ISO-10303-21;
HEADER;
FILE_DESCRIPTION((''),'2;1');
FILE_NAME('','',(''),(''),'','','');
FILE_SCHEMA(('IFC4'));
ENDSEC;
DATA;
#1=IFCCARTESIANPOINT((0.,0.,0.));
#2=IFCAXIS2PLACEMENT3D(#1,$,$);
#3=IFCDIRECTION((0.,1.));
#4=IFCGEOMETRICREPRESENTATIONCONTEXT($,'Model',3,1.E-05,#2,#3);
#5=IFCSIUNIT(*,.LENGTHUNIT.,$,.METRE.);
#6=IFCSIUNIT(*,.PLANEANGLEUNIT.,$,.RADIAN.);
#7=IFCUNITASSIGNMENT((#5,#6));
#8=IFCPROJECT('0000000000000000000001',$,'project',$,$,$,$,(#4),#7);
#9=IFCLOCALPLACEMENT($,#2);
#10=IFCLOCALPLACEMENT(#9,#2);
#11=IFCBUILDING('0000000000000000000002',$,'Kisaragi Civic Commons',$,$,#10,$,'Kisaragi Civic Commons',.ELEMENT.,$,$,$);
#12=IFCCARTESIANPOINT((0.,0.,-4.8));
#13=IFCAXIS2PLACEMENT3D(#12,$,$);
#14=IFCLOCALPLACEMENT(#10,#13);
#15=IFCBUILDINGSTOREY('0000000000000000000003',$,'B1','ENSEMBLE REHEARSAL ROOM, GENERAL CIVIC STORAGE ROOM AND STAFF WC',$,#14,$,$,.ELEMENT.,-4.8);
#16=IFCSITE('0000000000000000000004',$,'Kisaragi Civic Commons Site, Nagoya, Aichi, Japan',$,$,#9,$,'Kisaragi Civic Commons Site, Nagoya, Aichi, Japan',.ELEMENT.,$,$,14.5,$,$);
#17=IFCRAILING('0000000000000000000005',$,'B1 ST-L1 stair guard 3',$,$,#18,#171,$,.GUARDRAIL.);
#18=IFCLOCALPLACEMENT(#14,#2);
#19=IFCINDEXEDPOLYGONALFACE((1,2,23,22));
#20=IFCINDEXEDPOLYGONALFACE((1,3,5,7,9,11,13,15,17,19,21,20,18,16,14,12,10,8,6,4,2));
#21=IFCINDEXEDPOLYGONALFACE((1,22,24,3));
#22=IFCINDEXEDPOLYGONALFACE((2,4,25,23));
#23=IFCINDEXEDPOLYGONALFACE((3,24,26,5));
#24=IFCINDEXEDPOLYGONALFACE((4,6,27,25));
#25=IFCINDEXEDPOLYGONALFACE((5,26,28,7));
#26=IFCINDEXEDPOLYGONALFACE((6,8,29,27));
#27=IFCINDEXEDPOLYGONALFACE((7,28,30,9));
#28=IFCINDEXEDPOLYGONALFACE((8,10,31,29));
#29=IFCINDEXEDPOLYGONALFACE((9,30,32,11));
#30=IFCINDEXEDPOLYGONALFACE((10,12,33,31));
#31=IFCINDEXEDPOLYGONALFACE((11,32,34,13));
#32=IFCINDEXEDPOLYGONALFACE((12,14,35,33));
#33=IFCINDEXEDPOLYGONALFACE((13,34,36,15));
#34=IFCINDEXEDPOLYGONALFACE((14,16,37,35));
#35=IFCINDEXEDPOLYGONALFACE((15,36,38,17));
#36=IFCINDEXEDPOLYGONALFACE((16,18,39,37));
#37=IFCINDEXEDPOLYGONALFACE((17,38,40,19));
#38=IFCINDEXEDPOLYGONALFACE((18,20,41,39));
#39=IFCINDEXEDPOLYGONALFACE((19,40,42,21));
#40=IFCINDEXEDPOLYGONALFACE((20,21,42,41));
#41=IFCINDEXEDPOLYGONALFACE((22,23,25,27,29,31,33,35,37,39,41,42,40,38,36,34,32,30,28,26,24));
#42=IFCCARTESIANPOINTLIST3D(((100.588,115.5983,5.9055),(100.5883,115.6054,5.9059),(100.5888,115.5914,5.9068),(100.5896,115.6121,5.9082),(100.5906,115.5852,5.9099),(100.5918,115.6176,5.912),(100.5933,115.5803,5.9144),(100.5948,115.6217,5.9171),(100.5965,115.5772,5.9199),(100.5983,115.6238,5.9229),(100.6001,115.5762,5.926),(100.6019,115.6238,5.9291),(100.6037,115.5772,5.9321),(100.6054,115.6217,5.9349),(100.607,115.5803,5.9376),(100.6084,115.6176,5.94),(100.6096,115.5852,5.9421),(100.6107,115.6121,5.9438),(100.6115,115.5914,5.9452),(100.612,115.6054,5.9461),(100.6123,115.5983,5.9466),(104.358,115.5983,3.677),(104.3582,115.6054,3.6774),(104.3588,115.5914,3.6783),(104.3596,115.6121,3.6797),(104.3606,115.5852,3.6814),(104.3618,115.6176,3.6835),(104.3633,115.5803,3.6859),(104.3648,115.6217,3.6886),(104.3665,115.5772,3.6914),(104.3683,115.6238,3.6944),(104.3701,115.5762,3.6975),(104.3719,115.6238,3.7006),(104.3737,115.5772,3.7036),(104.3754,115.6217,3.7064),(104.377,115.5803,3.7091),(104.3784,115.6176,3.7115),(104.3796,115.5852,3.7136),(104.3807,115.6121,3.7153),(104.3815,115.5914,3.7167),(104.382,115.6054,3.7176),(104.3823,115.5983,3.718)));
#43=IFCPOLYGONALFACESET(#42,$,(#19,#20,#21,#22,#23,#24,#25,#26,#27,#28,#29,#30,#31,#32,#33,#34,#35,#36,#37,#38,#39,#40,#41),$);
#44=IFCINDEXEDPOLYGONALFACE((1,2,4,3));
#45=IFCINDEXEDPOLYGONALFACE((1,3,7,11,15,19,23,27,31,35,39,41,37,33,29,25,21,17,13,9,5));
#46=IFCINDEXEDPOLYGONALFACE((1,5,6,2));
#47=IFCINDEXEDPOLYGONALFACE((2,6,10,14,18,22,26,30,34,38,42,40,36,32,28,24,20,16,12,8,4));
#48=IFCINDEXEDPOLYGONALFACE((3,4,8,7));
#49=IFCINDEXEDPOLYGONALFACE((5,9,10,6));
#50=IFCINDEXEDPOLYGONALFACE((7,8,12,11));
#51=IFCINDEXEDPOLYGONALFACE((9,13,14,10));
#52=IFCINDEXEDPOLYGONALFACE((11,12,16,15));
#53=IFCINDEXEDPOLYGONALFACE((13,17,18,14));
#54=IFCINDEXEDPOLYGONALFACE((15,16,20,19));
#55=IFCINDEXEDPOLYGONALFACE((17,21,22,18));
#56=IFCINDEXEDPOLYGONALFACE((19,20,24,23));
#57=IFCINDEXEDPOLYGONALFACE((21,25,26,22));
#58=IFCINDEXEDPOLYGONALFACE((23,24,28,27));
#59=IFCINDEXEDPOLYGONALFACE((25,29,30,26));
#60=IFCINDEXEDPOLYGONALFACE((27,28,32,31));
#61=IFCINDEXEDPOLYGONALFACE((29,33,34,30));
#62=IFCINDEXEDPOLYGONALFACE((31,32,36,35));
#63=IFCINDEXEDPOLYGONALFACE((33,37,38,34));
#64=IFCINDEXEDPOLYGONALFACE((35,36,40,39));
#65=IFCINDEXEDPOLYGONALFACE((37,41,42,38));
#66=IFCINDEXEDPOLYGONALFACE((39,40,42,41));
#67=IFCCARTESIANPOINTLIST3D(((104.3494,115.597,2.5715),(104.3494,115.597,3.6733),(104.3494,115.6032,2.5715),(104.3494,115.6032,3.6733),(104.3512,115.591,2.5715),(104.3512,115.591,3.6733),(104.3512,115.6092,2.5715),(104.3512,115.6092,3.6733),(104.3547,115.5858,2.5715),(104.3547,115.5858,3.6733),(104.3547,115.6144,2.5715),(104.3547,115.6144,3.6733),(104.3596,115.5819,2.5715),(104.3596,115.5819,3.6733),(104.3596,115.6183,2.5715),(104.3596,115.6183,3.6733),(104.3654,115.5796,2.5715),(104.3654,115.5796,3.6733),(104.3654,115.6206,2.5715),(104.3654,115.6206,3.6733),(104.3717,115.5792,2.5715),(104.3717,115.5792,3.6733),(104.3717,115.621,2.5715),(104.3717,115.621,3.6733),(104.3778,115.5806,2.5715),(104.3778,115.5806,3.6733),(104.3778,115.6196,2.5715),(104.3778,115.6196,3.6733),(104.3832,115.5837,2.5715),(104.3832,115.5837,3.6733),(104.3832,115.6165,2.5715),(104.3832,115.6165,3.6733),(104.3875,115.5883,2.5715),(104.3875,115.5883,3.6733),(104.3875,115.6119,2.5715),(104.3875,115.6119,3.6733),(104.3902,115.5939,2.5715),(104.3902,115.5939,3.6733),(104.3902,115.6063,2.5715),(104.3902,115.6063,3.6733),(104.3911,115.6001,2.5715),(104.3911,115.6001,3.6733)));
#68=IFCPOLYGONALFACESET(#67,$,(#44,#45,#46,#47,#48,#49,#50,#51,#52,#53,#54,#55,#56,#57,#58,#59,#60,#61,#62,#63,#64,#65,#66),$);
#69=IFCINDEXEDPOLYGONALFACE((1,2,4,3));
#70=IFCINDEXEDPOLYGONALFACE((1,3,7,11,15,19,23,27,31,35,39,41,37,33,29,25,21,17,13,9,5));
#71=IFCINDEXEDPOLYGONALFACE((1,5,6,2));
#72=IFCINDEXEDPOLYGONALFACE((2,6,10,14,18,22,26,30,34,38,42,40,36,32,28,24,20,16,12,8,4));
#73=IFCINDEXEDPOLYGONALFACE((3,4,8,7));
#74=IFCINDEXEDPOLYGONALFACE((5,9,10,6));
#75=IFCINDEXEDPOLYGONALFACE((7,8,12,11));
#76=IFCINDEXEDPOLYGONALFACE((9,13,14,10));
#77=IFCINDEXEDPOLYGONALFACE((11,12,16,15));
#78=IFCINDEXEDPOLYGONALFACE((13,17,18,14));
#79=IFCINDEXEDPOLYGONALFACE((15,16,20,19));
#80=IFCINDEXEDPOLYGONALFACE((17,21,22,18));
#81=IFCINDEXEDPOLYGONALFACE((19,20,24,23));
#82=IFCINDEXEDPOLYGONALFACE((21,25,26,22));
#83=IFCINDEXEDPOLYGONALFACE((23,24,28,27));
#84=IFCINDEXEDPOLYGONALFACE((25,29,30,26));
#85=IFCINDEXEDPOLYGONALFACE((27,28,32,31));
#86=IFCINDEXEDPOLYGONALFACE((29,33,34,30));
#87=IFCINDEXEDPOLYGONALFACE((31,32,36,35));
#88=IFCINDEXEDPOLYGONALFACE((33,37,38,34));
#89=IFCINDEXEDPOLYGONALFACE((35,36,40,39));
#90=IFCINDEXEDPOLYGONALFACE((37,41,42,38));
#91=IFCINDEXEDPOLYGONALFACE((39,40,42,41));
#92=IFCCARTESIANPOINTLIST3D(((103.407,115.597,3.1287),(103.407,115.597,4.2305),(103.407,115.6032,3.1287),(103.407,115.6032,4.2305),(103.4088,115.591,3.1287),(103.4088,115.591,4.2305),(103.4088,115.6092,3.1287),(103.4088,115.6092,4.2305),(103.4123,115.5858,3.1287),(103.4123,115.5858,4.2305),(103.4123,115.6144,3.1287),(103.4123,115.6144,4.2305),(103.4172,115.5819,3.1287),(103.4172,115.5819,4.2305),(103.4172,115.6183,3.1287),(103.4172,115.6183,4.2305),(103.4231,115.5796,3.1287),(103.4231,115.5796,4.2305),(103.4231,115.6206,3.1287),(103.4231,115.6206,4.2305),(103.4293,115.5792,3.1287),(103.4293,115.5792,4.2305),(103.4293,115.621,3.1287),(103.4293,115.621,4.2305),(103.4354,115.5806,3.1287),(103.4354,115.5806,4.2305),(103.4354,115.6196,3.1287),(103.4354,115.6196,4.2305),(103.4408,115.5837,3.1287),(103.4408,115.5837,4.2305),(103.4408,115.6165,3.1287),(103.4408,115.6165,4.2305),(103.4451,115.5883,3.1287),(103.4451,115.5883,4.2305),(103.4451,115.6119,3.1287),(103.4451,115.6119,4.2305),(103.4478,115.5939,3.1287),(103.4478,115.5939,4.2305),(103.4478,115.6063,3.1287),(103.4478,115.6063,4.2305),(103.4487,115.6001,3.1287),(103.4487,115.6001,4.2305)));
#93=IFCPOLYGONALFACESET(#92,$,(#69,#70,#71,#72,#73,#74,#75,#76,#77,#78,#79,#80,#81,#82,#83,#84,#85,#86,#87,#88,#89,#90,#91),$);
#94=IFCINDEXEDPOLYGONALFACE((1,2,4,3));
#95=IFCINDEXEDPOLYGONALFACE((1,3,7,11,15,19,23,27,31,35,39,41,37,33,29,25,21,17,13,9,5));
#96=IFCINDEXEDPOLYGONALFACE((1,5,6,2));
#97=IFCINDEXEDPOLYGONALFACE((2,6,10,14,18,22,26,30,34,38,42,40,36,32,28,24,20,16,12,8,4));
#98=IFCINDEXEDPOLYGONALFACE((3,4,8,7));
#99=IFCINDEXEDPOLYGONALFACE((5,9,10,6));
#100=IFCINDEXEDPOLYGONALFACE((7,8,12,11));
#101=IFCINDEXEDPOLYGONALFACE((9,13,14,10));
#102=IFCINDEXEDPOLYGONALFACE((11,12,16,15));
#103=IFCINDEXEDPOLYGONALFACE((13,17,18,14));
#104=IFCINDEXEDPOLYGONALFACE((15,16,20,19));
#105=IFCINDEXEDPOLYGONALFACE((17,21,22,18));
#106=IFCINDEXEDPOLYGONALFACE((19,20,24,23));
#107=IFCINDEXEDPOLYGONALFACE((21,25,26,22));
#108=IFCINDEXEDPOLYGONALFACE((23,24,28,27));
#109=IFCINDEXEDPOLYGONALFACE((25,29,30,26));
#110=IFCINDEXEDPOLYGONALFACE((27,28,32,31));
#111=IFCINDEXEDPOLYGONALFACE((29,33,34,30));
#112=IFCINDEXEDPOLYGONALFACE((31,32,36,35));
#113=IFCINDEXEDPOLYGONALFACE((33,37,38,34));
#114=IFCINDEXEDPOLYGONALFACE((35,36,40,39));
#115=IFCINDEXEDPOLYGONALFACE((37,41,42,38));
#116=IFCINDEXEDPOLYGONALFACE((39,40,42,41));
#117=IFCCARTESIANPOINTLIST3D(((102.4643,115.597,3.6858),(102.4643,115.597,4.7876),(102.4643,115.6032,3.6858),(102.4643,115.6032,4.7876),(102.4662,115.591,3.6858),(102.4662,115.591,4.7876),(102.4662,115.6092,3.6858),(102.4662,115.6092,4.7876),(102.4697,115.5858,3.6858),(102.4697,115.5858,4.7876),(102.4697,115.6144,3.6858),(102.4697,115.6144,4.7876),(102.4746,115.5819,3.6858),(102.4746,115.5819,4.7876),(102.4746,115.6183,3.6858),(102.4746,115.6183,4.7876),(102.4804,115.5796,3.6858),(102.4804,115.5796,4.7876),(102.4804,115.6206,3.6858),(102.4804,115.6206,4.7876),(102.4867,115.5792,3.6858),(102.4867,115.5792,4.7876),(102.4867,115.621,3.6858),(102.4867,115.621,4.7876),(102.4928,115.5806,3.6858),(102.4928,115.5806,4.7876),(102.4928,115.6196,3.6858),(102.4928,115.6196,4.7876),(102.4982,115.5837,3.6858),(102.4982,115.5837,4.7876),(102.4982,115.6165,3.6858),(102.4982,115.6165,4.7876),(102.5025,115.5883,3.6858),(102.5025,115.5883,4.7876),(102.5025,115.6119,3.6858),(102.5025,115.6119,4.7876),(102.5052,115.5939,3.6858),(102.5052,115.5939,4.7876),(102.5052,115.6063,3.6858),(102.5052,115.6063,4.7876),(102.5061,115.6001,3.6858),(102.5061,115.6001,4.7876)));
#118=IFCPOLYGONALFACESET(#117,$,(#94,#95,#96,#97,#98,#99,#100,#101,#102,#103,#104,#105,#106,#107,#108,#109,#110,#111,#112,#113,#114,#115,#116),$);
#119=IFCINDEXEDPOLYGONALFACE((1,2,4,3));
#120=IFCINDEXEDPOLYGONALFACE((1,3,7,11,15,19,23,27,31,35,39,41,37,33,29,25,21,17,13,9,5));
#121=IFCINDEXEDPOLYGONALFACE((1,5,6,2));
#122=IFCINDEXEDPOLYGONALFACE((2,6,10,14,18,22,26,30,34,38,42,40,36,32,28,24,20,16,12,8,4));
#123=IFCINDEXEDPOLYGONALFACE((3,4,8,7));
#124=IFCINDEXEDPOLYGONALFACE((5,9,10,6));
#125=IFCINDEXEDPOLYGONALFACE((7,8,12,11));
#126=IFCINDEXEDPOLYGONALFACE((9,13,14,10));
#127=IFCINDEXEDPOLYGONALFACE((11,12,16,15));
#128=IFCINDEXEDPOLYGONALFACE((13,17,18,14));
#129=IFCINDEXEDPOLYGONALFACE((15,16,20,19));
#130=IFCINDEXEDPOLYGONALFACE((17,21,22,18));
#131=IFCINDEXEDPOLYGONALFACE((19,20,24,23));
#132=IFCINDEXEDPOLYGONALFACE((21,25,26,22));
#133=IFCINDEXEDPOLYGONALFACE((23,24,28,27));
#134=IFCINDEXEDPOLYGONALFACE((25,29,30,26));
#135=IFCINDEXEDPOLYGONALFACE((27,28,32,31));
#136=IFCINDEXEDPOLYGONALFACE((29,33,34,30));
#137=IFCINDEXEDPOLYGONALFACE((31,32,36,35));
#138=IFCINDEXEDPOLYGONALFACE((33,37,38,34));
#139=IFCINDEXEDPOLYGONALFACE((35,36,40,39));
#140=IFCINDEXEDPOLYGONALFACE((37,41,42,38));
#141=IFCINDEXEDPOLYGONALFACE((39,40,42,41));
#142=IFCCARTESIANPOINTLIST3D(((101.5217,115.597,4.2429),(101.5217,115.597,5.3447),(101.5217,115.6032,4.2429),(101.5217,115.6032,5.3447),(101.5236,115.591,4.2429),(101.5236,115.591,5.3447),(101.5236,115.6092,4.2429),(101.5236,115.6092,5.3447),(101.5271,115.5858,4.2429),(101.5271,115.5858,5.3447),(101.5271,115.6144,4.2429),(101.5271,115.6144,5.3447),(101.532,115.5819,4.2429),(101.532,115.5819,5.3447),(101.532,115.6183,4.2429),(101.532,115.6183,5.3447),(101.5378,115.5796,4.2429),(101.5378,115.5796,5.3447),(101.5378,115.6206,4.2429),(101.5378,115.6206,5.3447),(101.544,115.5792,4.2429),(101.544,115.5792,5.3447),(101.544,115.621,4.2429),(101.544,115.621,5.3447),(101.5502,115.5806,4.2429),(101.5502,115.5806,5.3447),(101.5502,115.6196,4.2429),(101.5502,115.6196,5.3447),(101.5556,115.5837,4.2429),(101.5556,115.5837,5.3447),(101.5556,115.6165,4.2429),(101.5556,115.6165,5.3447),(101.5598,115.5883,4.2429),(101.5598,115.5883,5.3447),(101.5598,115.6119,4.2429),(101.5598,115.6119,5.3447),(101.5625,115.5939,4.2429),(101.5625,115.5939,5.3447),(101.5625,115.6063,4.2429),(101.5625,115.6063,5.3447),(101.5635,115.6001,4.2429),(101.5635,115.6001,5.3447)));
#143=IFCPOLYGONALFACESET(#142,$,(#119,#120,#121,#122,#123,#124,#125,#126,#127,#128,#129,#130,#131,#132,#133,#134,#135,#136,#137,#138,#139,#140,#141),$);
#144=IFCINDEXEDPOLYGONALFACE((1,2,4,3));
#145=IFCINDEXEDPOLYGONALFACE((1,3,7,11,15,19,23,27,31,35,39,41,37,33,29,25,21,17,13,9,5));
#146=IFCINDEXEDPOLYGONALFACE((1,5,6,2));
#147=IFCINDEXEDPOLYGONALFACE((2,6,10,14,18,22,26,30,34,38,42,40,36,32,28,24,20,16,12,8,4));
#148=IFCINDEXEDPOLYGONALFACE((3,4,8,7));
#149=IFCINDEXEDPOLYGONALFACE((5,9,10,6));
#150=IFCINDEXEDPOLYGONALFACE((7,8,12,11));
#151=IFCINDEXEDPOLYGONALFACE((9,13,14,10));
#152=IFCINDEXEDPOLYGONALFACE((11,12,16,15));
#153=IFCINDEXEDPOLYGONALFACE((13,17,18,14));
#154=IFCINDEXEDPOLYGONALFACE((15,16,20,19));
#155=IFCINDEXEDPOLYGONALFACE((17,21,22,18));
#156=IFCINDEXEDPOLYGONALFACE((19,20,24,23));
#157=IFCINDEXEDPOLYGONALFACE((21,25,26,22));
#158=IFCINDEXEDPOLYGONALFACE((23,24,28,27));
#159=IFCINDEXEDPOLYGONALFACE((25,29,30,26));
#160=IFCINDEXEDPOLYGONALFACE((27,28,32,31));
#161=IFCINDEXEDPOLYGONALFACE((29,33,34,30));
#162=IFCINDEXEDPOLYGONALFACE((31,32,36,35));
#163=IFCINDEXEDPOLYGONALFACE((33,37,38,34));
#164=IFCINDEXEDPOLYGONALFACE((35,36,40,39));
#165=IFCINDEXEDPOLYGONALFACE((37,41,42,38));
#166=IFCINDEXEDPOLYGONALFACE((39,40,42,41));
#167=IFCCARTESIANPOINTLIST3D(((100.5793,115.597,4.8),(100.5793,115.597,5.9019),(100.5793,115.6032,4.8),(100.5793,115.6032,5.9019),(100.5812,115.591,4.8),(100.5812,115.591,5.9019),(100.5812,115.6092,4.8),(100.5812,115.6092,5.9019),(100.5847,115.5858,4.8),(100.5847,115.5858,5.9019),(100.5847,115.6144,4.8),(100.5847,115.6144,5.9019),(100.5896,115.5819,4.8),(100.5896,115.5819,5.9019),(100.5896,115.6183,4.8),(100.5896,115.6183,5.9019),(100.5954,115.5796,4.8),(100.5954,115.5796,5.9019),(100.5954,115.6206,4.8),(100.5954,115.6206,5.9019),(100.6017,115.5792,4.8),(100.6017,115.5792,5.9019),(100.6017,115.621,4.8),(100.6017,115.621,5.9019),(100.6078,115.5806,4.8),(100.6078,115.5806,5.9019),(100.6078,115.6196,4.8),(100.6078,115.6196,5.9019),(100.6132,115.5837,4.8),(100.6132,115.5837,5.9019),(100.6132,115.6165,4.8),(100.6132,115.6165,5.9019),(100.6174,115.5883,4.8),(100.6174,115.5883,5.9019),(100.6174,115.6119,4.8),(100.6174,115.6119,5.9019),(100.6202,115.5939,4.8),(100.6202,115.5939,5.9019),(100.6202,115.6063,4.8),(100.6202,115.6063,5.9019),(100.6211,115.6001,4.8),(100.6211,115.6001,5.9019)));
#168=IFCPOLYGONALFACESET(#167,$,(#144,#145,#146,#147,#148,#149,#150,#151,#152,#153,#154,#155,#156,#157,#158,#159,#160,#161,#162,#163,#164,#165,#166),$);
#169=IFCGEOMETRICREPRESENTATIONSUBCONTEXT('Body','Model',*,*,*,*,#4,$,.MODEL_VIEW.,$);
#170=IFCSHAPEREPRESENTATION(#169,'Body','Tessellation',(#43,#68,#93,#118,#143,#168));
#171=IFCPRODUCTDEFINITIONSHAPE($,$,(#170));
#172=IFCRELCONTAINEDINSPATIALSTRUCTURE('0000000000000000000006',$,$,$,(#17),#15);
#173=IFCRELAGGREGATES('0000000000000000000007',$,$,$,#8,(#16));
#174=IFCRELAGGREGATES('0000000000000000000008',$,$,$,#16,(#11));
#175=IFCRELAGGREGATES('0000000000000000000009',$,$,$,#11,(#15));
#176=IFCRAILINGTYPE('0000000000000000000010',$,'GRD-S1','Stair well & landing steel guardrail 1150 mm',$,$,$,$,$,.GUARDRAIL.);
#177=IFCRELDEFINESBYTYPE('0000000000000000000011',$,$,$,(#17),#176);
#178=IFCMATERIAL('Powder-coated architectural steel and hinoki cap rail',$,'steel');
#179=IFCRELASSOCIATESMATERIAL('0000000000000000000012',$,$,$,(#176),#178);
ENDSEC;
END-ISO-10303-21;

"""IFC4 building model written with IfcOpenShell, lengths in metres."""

from ifc_helpers import new_model, si_unit, direction, frame, origin, origin_2d, place, context, subcontext, project, spatial, circle, extrude, material, type_object, element, save


model = new_model("IFC4")

# Units and contexts
model_context = context("Model", 3, precision=1e-05, world=origin(), true_north=direction((0.0, 1.0)))
body_context = subcontext(model_context, "Body", "Model", "MODEL_VIEW")
ifc_project = project(units=[si_unit("LENGTHUNIT", "METRE"), si_unit("PLANEANGLEUNIT", "RADIAN")], contexts=[model_context])

# Site, building, storey
site_placement = place(None, origin())
site = spatial("IfcSite", under=ifc_project, at=site_placement, Name="Kisaragi Civic Commons Site, Nagoya, Aichi, Japan", LongName="Kisaragi Civic Commons Site, Nagoya, Aichi, Japan", CompositionType="ELEMENT", RefElevation=14.5)
building_placement = place(site_placement, origin())
building = spatial("IfcBuilding", under=site, at=building_placement, Name="Kisaragi Civic Commons", LongName="Kisaragi Civic Commons", CompositionType="ELEMENT")
storey_placement = place(building_placement, frame((0.0, 0.0, -4.8)))
storey = spatial("IfcBuildingStorey", under=building, at=storey_placement, Name="B1", Description="ENSEMBLE REHEARSAL ROOM, GENERAL CIVIC STORAGE ROOM AND STAFF WC", CompositionType="ELEMENT", Elevation=-4.8)

# Railing
ifc_material_1 = material(Name="Powder-coated architectural steel and hinoki cap rail", Category="steel")
railing_type_1 = type_object("IfcRailingType", Name="GRD-S1", Description="Stair well & landing steel guardrail 1150 mm", PredefinedType="GUARDRAIL", material=ifc_material_1)
railing_1_placement = place(storey_placement, frame((104.3701, 115.6001, 2.5715)))
element("IfcRailing", 1, at=railing_1_placement, inside=storey, type_object=railing_type_1, Name="B1 ST-L1 stair guard 3", PredefinedType="GUARDRAIL", context=body_context, shape_type="SweptSolid", body=[
    extrude(circle(Radius=0.0239, at=origin_2d()), frame((0.0, 0.0, 1.126), z_axis=(-0.860849, 0.0, 0.508861), x_axis=(0.0, -1.0, 0.0)), (0.0, 0.0, 1.0), 4.3794),
    extrude(circle(Radius=0.021, at=origin_2d()), origin(), (0.0, 0.0, 1.0), 1.1018),
    extrude(circle(Radius=0.021, at=origin_2d()), frame((-0.9424, 0.0, 0.5571)), (0.0, 0.0, 1.0), 1.1018),
    extrude(circle(Radius=0.021, at=origin_2d()), frame((-1.885, 0.0, 1.1143)), (0.0, 0.0, 1.0), 1.1018),
    extrude(circle(Radius=0.021, at=origin_2d()), frame((-2.8276, 0.0, 1.6714)), (0.0, 0.0, 1.0), 1.1018),
    extrude(circle(Radius=0.021, at=origin_2d()), frame((-3.77, 0.0, 2.2285)), (0.0, 0.0, 1.0), 1.1018),
])

save(model, "model.ifc")
